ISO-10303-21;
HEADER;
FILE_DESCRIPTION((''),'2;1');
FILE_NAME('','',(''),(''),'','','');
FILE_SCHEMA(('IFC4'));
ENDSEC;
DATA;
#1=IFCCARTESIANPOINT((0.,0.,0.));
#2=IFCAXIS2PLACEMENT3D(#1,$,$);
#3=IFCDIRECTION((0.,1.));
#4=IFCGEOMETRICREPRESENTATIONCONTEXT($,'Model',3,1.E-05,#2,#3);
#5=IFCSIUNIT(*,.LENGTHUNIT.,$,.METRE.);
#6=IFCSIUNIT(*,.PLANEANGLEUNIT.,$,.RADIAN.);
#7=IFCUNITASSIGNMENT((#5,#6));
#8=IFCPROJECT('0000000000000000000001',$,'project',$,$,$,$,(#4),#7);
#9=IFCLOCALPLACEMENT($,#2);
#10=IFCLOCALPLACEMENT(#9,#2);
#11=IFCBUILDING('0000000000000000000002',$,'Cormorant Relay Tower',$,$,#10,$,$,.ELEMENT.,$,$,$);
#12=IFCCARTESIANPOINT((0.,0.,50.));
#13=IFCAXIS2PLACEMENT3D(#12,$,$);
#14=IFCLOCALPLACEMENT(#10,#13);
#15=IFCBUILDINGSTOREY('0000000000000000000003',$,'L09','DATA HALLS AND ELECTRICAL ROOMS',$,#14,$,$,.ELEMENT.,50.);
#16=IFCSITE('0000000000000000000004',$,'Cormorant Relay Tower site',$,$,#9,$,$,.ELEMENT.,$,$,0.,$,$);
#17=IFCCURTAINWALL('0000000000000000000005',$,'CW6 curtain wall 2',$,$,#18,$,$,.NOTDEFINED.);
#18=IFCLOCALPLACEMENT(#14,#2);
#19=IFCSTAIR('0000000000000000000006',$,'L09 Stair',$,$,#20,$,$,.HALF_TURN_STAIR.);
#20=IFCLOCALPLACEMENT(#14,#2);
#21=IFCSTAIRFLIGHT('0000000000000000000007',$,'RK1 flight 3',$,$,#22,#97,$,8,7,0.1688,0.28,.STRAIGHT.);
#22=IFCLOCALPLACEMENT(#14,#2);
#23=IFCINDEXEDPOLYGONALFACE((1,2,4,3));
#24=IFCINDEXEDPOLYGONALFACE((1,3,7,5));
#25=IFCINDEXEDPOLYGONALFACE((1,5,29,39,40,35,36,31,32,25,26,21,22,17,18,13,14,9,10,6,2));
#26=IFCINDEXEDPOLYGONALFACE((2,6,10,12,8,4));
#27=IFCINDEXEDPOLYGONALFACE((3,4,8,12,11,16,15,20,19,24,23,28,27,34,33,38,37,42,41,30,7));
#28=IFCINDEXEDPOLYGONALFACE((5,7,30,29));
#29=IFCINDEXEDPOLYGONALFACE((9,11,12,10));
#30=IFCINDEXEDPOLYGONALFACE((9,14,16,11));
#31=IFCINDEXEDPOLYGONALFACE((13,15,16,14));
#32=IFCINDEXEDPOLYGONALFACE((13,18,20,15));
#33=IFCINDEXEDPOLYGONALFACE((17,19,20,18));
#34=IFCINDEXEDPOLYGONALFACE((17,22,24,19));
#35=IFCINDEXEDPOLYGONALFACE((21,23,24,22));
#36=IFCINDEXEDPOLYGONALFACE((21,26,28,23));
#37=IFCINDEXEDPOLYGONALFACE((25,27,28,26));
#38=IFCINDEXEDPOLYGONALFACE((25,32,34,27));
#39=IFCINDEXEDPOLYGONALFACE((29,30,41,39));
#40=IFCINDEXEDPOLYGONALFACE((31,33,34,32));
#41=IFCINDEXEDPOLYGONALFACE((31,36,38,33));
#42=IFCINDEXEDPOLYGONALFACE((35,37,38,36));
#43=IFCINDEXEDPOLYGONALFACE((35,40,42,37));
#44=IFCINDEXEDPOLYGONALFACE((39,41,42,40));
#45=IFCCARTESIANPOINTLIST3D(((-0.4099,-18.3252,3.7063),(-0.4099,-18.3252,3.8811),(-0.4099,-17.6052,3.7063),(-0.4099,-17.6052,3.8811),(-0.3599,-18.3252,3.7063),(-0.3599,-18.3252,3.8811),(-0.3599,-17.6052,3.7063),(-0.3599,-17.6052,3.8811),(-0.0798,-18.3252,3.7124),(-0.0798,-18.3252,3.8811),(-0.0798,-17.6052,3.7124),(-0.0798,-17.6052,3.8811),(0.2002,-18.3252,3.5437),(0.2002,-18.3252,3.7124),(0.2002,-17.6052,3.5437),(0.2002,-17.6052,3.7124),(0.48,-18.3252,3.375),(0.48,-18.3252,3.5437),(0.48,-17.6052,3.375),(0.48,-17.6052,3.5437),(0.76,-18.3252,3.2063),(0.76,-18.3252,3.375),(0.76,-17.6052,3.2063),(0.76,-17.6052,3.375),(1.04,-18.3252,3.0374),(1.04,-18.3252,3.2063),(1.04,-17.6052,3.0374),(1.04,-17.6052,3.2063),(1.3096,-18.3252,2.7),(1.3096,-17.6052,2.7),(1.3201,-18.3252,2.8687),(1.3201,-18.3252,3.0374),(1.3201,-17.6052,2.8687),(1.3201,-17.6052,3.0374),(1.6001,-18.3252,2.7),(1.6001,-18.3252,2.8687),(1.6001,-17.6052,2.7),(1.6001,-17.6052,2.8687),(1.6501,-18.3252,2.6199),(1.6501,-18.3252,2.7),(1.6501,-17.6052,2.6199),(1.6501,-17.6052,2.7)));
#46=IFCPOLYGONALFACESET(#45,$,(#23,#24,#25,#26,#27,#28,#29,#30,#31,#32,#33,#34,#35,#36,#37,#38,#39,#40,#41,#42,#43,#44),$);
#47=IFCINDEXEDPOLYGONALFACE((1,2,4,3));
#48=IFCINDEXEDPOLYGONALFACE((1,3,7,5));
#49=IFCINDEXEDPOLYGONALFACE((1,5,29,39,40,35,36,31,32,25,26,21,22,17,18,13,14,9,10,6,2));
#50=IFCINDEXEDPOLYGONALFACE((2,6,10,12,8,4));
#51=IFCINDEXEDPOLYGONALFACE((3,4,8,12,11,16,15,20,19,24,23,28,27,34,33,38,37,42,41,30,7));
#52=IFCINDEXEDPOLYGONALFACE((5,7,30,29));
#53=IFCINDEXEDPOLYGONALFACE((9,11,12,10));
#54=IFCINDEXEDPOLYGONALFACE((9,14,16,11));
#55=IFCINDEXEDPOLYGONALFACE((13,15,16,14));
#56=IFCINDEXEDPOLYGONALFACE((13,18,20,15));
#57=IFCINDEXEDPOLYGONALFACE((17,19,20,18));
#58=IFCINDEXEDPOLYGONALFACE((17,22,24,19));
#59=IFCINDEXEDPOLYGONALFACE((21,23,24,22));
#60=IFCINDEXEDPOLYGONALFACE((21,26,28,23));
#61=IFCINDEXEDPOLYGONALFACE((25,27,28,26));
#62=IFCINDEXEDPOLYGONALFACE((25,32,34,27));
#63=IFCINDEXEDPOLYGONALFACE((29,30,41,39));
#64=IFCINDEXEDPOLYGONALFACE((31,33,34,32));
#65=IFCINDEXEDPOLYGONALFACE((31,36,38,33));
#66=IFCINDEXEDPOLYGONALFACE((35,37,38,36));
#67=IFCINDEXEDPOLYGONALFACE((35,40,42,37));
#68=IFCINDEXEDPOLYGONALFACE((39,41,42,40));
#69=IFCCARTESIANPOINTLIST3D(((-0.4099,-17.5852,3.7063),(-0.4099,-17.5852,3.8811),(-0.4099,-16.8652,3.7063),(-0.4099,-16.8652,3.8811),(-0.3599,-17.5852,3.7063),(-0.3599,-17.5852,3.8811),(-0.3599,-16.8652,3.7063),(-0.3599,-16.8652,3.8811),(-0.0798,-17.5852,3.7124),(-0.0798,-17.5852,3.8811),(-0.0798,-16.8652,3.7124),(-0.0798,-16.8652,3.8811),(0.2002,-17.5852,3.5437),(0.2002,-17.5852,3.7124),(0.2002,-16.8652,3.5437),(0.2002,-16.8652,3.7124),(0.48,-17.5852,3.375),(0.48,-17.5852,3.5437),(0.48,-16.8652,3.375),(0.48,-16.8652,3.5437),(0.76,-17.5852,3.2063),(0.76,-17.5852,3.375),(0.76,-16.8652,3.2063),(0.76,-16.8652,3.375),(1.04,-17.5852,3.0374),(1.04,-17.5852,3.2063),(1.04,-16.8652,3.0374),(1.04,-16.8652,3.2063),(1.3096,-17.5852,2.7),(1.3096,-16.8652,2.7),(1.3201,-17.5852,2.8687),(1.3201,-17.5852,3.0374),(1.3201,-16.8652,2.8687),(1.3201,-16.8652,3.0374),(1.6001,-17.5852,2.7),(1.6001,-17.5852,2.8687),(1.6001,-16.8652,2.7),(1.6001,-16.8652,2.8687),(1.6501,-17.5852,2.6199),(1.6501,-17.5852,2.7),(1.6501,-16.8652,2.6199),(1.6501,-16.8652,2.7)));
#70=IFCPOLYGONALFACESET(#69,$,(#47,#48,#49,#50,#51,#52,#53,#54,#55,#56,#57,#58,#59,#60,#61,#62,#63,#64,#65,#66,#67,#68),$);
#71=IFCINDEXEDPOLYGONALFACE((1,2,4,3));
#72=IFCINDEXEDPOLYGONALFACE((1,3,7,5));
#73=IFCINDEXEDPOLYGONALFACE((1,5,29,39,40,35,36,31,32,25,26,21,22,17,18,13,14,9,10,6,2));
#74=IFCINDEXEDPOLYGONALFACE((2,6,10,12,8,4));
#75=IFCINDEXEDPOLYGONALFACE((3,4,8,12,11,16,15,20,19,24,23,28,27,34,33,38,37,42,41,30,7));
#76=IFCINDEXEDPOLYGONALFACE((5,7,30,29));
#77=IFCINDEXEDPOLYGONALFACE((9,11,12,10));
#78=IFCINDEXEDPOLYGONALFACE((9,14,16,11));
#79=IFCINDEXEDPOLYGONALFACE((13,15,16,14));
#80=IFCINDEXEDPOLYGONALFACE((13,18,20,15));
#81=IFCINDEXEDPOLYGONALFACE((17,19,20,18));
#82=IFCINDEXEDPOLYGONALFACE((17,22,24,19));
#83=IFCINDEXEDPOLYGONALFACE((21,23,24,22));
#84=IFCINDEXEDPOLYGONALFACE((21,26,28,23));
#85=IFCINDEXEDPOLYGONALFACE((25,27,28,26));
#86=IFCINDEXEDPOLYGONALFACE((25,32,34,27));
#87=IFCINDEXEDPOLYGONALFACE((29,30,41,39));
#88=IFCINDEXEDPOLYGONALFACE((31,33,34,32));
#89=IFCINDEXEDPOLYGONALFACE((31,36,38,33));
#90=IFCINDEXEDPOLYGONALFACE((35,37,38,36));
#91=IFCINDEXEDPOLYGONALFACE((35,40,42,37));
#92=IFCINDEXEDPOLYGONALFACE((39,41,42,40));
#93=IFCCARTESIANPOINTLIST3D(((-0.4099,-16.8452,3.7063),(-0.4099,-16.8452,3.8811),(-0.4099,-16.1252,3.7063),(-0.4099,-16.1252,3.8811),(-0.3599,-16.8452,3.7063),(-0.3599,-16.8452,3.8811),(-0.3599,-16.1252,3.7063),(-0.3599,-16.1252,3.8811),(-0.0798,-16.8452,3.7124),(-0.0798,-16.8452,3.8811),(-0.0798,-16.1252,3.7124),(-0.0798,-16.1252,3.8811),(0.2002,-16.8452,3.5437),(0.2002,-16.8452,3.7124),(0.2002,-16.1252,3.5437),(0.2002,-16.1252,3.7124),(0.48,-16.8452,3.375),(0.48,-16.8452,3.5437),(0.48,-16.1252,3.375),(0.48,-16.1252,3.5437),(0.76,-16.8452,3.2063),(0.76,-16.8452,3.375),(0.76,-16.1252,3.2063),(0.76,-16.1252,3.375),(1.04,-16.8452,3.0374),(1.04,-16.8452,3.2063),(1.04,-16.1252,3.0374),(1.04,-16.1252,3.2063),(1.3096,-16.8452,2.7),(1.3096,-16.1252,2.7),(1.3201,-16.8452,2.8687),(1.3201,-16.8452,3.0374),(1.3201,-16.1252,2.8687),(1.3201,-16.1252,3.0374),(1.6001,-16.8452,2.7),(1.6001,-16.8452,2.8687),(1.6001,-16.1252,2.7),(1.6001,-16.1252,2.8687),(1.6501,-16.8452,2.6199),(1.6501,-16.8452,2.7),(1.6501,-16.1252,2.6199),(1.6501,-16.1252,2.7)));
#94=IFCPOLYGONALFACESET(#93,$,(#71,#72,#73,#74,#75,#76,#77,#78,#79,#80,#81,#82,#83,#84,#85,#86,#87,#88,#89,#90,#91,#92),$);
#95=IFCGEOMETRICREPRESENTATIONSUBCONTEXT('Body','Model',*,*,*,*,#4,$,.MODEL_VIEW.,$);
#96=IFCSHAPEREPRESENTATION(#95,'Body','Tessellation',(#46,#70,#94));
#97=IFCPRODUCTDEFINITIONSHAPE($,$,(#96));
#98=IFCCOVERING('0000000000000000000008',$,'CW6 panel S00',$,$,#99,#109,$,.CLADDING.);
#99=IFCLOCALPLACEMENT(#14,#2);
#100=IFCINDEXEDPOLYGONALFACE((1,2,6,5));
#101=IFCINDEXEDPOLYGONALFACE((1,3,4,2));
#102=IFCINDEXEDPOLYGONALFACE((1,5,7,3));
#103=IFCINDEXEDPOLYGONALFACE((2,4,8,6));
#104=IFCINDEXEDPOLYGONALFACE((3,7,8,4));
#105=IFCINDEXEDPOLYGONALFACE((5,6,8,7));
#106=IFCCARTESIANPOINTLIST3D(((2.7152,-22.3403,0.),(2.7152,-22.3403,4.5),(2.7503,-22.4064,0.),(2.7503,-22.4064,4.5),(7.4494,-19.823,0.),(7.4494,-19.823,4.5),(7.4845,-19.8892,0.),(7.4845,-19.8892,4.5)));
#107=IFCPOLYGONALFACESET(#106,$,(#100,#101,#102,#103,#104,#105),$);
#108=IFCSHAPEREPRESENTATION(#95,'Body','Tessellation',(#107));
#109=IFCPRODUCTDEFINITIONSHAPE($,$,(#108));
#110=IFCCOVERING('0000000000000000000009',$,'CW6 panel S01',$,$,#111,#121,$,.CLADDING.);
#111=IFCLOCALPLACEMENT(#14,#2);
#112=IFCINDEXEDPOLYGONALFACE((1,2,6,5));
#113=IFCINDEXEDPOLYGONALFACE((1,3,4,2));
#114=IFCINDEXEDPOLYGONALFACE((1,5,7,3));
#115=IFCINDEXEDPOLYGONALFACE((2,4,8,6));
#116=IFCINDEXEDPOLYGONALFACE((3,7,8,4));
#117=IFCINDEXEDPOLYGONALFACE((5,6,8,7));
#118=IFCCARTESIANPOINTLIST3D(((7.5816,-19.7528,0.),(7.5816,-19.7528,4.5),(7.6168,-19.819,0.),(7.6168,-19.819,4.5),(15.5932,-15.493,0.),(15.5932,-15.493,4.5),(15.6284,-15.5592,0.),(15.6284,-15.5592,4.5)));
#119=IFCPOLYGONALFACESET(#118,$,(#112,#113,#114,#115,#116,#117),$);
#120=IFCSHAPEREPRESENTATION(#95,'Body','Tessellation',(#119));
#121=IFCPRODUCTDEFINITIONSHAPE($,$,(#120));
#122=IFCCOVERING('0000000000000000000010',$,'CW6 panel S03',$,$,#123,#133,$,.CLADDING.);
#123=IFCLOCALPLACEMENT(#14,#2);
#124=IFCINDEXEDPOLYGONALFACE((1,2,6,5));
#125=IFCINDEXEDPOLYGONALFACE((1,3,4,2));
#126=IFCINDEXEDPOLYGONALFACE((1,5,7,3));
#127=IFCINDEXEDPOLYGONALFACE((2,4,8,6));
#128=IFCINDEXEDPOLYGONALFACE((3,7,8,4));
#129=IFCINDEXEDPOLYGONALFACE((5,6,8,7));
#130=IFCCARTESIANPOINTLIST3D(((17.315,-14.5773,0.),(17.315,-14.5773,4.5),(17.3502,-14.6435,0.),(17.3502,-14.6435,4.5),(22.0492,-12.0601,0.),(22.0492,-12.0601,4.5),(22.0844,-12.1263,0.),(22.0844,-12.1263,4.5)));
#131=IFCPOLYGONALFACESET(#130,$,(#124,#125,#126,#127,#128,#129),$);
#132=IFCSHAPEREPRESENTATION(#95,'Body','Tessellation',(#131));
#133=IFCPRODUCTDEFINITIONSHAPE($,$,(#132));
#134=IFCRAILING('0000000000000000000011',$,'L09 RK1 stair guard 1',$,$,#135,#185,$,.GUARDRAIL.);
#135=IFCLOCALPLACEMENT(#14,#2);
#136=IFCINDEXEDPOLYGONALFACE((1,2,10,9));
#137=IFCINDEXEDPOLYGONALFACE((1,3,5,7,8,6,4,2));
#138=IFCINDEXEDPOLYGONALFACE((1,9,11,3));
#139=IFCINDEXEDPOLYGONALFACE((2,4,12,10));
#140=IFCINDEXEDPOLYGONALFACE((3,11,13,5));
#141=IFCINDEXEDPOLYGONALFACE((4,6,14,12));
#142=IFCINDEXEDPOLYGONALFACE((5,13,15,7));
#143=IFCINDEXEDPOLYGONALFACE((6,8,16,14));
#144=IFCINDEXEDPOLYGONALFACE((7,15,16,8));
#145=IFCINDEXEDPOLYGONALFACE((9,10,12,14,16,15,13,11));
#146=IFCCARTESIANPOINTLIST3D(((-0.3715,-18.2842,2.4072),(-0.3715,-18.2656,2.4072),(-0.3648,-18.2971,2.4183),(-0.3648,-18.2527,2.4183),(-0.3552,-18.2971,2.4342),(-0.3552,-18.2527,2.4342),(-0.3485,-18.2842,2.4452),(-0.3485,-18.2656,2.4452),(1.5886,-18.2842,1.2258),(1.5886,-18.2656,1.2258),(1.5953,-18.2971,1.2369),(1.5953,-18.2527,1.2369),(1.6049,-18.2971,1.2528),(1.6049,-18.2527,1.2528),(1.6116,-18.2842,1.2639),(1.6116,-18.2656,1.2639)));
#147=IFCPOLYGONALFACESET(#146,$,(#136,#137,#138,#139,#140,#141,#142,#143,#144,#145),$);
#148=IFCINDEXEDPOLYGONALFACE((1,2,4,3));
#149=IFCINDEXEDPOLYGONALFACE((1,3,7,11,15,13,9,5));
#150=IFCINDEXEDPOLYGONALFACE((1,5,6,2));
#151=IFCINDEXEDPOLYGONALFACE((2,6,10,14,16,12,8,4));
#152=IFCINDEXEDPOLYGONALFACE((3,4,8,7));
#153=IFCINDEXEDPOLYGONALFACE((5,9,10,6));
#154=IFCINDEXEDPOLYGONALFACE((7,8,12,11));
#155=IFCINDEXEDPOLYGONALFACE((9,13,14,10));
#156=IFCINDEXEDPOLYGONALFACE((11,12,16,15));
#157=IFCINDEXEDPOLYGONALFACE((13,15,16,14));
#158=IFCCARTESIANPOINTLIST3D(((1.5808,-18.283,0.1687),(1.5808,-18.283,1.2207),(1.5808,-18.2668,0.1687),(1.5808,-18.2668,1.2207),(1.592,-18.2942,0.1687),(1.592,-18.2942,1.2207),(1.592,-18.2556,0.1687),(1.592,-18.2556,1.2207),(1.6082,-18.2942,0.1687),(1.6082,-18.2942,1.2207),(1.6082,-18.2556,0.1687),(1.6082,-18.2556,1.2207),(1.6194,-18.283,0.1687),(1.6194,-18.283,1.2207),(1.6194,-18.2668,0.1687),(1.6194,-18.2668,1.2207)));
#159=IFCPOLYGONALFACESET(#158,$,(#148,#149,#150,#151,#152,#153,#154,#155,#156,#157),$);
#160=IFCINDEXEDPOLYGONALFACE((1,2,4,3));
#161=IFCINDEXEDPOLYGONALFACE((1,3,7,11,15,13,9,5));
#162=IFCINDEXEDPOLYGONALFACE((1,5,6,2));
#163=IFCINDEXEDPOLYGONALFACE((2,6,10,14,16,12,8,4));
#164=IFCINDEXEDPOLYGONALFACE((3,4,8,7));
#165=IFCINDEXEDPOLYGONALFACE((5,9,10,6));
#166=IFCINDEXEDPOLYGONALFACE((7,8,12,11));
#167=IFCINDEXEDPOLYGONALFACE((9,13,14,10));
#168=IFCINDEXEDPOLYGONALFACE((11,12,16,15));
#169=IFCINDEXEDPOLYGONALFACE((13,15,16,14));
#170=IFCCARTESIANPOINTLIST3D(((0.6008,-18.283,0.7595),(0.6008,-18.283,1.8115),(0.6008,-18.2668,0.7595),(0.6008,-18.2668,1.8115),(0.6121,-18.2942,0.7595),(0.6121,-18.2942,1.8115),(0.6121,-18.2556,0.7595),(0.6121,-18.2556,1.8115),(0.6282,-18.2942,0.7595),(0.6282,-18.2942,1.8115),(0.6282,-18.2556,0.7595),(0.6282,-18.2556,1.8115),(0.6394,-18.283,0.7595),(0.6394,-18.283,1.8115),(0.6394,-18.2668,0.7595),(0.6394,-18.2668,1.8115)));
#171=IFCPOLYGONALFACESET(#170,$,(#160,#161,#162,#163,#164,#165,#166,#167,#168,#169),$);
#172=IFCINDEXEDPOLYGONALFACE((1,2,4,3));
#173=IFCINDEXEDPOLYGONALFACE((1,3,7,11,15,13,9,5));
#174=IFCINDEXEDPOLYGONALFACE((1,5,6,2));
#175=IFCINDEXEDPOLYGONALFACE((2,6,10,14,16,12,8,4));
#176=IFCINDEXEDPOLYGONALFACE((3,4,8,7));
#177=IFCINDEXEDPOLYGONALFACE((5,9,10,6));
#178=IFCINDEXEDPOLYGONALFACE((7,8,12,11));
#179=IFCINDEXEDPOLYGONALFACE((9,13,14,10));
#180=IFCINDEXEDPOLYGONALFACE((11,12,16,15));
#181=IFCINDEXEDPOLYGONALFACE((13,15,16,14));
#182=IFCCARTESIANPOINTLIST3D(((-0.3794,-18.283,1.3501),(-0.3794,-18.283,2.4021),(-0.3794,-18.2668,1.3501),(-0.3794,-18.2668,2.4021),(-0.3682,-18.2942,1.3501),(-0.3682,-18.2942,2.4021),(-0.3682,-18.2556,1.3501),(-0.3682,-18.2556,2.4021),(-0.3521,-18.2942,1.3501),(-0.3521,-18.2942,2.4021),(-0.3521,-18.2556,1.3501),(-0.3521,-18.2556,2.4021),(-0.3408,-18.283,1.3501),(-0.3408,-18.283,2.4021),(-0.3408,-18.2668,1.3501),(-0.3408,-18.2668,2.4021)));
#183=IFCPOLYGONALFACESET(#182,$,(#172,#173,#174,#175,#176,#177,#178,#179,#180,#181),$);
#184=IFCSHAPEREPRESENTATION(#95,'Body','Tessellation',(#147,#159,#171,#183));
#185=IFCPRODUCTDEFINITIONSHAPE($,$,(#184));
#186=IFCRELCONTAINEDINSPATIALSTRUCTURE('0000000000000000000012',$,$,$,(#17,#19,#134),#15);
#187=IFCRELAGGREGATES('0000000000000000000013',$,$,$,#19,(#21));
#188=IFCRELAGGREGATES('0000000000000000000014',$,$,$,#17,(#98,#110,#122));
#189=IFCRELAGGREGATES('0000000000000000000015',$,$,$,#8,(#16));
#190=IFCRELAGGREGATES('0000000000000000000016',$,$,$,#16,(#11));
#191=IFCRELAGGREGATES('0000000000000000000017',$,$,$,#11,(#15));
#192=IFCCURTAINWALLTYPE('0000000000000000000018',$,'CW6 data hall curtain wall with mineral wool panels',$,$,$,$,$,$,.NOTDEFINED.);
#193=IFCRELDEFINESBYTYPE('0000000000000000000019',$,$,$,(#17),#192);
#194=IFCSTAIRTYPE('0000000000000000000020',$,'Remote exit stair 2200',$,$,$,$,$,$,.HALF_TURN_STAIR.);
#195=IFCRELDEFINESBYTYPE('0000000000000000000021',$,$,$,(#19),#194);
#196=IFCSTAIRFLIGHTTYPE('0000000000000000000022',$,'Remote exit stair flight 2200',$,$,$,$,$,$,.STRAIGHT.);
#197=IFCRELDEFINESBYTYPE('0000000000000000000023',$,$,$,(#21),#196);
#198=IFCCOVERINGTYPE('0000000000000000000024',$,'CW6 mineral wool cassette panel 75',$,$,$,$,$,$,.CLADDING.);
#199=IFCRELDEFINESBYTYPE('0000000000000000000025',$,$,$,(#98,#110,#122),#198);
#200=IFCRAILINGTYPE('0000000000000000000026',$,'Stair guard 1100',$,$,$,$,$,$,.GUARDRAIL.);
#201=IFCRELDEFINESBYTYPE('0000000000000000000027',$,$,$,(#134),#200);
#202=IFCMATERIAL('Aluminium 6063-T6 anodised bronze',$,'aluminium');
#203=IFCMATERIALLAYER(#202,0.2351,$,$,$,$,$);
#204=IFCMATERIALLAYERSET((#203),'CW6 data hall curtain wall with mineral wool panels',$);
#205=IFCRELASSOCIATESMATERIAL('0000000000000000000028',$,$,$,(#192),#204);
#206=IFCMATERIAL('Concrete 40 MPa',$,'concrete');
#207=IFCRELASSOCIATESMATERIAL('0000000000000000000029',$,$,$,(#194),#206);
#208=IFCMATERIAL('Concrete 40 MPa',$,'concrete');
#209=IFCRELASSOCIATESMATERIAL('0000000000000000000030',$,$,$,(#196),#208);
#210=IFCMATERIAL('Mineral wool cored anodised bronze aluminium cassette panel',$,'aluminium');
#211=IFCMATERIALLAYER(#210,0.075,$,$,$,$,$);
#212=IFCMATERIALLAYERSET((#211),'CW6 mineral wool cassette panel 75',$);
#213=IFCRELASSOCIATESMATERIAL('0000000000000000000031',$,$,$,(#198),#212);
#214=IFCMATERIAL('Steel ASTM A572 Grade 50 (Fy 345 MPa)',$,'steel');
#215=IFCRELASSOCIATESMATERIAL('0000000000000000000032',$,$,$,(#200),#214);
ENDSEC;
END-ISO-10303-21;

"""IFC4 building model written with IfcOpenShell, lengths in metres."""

from ifc_helpers import new_model, si_unit, direction, frame, origin, origin_2d, place, context, subcontext, project, spatial, polyline, rectangle, outline, extrude, material, layer, layer_set, type_object, element, aggregate, save


model = new_model("IFC4")

# Units and contexts
model_context = context("Model", 3, precision=1e-05, world=origin(), true_north=direction((0.0, 1.0)))
body_context = subcontext(model_context, "Body", "Model", "MODEL_VIEW")
ifc_project = project(units=[si_unit("LENGTHUNIT", "METRE"), si_unit("PLANEANGLEUNIT", "RADIAN")], contexts=[model_context])

# Site, building, storey
site_placement = place(None, origin())
site = spatial("IfcSite", under=ifc_project, at=site_placement, Name="Cormorant Relay Tower site", CompositionType="ELEMENT", RefElevation=0.0)
building_placement = place(site_placement, origin())
building = spatial("IfcBuilding", under=site, at=building_placement, Name="Cormorant Relay Tower", CompositionType="ELEMENT")
storey_placement = place(building_placement, frame((0.0, 0.0, 50.0)))
storey = spatial("IfcBuildingStorey", under=building, at=storey_placement, Name="L09", Description="DATA HALLS AND ELECTRICAL ROOMS", CompositionType="ELEMENT", Elevation=50.0)

# Curtain wall
ifc_material_1 = material(Name="Aluminium 6063-T6 anodised bronze", Category="aluminium")
ifc_layer_1 = layer(ifc_material_1, 0.2351)
ifc_layer_set_1 = layer_set([ifc_layer_1], Name="CW6 data hall curtain wall with mineral wool panels")
curtain_wall_type = type_object("IfcCurtainWallType", Name="CW6 data hall curtain wall with mineral wool panels", PredefinedType="NOTDEFINED", material=ifc_layer_set_1)
curtain_wall_1_placement = place(storey_placement, origin())
curtain_wall_1 = element("IfcCurtainWall", 1, at=curtain_wall_1_placement, inside=storey, type_object=curtain_wall_type, Name="CW6 curtain wall 2", PredefinedType="NOTDEFINED")

# Stair, stair flight
ifc_material_2 = material(Name="Concrete 40 MPa", Category="concrete")
stair_type = type_object("IfcStairType", Name="Remote exit stair 2200", PredefinedType="HALF_TURN_STAIR", material=ifc_material_2)
stair_placement = place(storey_placement, origin())
stair = element("IfcStair", 2, at=stair_placement, inside=storey, type_object=stair_type, Name="L09 Stair", PredefinedType="HALF_TURN_STAIR")
ifc_material_3 = material(Name="Concrete 40 MPa", Category="concrete")
stair_flight_type = type_object("IfcStairFlightType", Name="Remote exit stair flight 2200", PredefinedType="STRAIGHT", material=ifc_material_3)
stair_flight_1_placement = place(storey_placement, frame((1.6001, -17.2251, 2.7), z_axis=(0.0, 0.0, 1.0), x_axis=(-1.0, 0.0, 0.0)))
stair_flight_1 = element("IfcStairFlight", 3, at=stair_flight_1_placement, type_object=stair_flight_type, Name="RK1 flight 3", NumberOfRisers=8, NumberOfTreads=7, PredefinedType="STRAIGHT", RiserHeight=0.1688, TreadLength=0.28, context=body_context, shape_type="SweptSolid", body=[
    extrude(outline(polyline([(-0.05, -0.0801), (-0.05, 0.0), (0.0, 0.0), (0.0, 0.1687), (0.28, 0.1687), (0.28, 0.3374), (0.5601, 0.3374), (0.5601, 0.5063), (0.8401, 0.5063), (0.8401, 0.675), (1.1201, 0.675), (1.1201, 0.8438), (1.3999, 0.8438), (1.3999, 1.0125), (1.6799, 1.0125), (1.6799, 1.1812), (1.96, 1.1812), (2.01, 1.1812), (2.01, 1.0063), (1.96, 1.0063), (0.2905, 0.0), (-0.05, -0.0801)])), frame((0.0, 1.1001, 0.0), z_axis=(0.0, -1.0, 0.0), x_axis=(1.0, 0.0, 0.0)), (0.0, 0.0, 1.0), 0.72),
    extrude(outline(polyline([(-0.05, -0.0801), (-0.05, 0.0), (0.0, 0.0), (0.0, 0.1687), (0.28, 0.1687), (0.28, 0.3374), (0.5601, 0.3374), (0.5601, 0.5063), (0.8401, 0.5063), (0.8401, 0.675), (1.1201, 0.675), (1.1201, 0.8438), (1.3999, 0.8438), (1.3999, 1.0125), (1.6799, 1.0125), (1.6799, 1.1812), (1.96, 1.1812), (2.01, 1.1812), (2.01, 1.0063), (1.96, 1.0063), (0.2905, 0.0), (-0.05, -0.0801)])), frame((0.0, 0.3601, 0.0), z_axis=(0.0, -1.0, 0.0), x_axis=(1.0, 0.0, 0.0)), (0.0, 0.0, 1.0), 0.72),
    extrude(outline(polyline([(-0.05, -0.0801), (-0.05, 0.0), (0.0, 0.0), (0.0, 0.1687), (0.28, 0.1687), (0.28, 0.3374), (0.5601, 0.3374), (0.5601, 0.5063), (0.8401, 0.5063), (0.8401, 0.675), (1.1201, 0.675), (1.1201, 0.8438), (1.3999, 0.8438), (1.3999, 1.0125), (1.6799, 1.0125), (1.6799, 1.1812), (1.96, 1.1812), (2.01, 1.1812), (2.01, 1.0063), (1.96, 1.0063), (0.2905, 0.0), (-0.05, -0.0801)])), frame((0.0, -0.3799, 0.0), z_axis=(0.0, -1.0, 0.0), x_axis=(1.0, 0.0, 0.0)), (0.0, 0.0, 1.0), 0.72),
])
aggregate(stair, [stair_flight_1])

# Coverings
ifc_material_4 = material(Name="Mineral wool cored anodised bronze aluminium cassette panel", Category="aluminium")
ifc_layer_2 = layer(ifc_material_4, 0.075)
ifc_layer_set_2 = layer_set([ifc_layer_2], Name="CW6 mineral wool cassette panel 75")
covering_type = type_object("IfcCoveringType", Name="CW6 mineral wool cassette panel 75", PredefinedType="CLADDING", material=ifc_layer_set_2)
covering_1_placement = place(storey_placement, frame((5.0999, -21.1147, 0.0), z_axis=(0.0, 0.0, 1.0), x_axis=(0.882948, 0.469472, 0.0)))
covering_1 = element("IfcCovering", 4, at=covering_1_placement, type_object=covering_type, Name="CW6 panel S00", PredefinedType="CLADDING", context=body_context, shape_type="SweptSolid", body=[
    extrude(rectangle(XDim=5.3618, YDim=0.075, at=origin_2d()), origin(), (0.0, 0.0, 1.0), 4.5),
])
covering_2_placement = place(storey_placement, frame((11.605, -17.656, 0.0), z_axis=(0.0, 0.0, 1.0), x_axis=(0.882948, 0.469472, 0.0)))
covering_2 = element("IfcCovering", 5, at=covering_2_placement, type_object=covering_type, Name="CW6 panel S01", PredefinedType="CLADDING", context=body_context, shape_type="SweptSolid", body=[
    extrude(rectangle(XDim=9.0737, YDim=0.075, at=origin_2d()), origin(), (0.0, 0.0, 1.0), 4.5),
])
covering_3_placement = place(storey_placement, frame((19.6997, -13.3518, 0.0), z_axis=(0.0, 0.0, 1.0), x_axis=(0.882948, 0.469472, 0.0)))
covering_3 = element("IfcCovering", 6, at=covering_3_placement, type_object=covering_type, Name="CW6 panel S03", PredefinedType="CLADDING", context=body_context, shape_type="SweptSolid", body=[
    extrude(rectangle(XDim=5.3618, YDim=0.075, at=origin_2d()), origin(), (0.0, 0.0, 1.0), 4.5),
])
aggregate(curtain_wall_1, [covering_1, covering_2, covering_3])

# Railing
ifc_material_5 = material(Name="Steel ASTM A572 Grade 50 (Fy 345 MPa)", Category="steel")
railing_type_1 = type_object("IfcRailingType", Name="Stair guard 1100", PredefinedType="GUARDRAIL", material=ifc_material_5)
railing_1_placement = place(storey_placement, frame((1.6001, -18.2749, 0.1687)))
element("IfcRailing", 7, at=railing_1_placement, inside=storey, type_object=railing_type_1, Name="L09 RK1 stair guard 1", PredefinedType="GUARDRAIL", context=body_context, shape_type="SweptSolid", body=[
    extrude(outline(polyline([(0.0222, 0.0093), (0.0093, 0.0222), (-0.0093, 0.0222), (-0.0222, 0.0093), (-0.0222, -0.0093), (-0.0093, -0.0222), (0.0093, -0.0222), (0.0222, -0.0093), (0.0222, 0.0093)])), frame((0.0, 0.0, 1.0762), z_axis=(-0.856475, 0.0, 0.516189), x_axis=(0.0, -1.0, 0.0)), (0.0, 0.0, 1.0), 2.2886),
    extrude(outline(polyline([(0.0193, 0.0081), (0.0081, 0.0193), (-0.0081, 0.0193), (-0.0193, 0.0081), (-0.0193, -0.0081), (-0.0081, -0.0193), (0.0081, -0.0193), (0.0193, -0.0081), (0.0193, 0.0081)])), origin(), (0.0, 0.0, 1.0), 1.052),
    extrude(outline(polyline([(0.0193, 0.0081), (0.0081, 0.0193), (-0.0081, 0.0193), (-0.0193, 0.0081), (-0.0193, -0.0081), (-0.0081, -0.0193), (0.0081, -0.0193), (0.0193, -0.0081), (0.0193, 0.0081)])), frame((-0.98, 0.0, 0.5908)), (0.0, 0.0, 1.0), 1.052),
    extrude(outline(polyline([(0.0193, 0.0081), (0.0081, 0.0193), (-0.0081, 0.0193), (-0.0193, 0.0081), (-0.0193, -0.0081), (-0.0081, -0.0193), (0.0081, -0.0193), (0.0193, -0.0081), (0.0193, 0.0081)])), frame((-1.9602, 0.0, 1.1814)), (0.0, 0.0, 1.0), 1.052),
])

save(model, "model.ifc")
